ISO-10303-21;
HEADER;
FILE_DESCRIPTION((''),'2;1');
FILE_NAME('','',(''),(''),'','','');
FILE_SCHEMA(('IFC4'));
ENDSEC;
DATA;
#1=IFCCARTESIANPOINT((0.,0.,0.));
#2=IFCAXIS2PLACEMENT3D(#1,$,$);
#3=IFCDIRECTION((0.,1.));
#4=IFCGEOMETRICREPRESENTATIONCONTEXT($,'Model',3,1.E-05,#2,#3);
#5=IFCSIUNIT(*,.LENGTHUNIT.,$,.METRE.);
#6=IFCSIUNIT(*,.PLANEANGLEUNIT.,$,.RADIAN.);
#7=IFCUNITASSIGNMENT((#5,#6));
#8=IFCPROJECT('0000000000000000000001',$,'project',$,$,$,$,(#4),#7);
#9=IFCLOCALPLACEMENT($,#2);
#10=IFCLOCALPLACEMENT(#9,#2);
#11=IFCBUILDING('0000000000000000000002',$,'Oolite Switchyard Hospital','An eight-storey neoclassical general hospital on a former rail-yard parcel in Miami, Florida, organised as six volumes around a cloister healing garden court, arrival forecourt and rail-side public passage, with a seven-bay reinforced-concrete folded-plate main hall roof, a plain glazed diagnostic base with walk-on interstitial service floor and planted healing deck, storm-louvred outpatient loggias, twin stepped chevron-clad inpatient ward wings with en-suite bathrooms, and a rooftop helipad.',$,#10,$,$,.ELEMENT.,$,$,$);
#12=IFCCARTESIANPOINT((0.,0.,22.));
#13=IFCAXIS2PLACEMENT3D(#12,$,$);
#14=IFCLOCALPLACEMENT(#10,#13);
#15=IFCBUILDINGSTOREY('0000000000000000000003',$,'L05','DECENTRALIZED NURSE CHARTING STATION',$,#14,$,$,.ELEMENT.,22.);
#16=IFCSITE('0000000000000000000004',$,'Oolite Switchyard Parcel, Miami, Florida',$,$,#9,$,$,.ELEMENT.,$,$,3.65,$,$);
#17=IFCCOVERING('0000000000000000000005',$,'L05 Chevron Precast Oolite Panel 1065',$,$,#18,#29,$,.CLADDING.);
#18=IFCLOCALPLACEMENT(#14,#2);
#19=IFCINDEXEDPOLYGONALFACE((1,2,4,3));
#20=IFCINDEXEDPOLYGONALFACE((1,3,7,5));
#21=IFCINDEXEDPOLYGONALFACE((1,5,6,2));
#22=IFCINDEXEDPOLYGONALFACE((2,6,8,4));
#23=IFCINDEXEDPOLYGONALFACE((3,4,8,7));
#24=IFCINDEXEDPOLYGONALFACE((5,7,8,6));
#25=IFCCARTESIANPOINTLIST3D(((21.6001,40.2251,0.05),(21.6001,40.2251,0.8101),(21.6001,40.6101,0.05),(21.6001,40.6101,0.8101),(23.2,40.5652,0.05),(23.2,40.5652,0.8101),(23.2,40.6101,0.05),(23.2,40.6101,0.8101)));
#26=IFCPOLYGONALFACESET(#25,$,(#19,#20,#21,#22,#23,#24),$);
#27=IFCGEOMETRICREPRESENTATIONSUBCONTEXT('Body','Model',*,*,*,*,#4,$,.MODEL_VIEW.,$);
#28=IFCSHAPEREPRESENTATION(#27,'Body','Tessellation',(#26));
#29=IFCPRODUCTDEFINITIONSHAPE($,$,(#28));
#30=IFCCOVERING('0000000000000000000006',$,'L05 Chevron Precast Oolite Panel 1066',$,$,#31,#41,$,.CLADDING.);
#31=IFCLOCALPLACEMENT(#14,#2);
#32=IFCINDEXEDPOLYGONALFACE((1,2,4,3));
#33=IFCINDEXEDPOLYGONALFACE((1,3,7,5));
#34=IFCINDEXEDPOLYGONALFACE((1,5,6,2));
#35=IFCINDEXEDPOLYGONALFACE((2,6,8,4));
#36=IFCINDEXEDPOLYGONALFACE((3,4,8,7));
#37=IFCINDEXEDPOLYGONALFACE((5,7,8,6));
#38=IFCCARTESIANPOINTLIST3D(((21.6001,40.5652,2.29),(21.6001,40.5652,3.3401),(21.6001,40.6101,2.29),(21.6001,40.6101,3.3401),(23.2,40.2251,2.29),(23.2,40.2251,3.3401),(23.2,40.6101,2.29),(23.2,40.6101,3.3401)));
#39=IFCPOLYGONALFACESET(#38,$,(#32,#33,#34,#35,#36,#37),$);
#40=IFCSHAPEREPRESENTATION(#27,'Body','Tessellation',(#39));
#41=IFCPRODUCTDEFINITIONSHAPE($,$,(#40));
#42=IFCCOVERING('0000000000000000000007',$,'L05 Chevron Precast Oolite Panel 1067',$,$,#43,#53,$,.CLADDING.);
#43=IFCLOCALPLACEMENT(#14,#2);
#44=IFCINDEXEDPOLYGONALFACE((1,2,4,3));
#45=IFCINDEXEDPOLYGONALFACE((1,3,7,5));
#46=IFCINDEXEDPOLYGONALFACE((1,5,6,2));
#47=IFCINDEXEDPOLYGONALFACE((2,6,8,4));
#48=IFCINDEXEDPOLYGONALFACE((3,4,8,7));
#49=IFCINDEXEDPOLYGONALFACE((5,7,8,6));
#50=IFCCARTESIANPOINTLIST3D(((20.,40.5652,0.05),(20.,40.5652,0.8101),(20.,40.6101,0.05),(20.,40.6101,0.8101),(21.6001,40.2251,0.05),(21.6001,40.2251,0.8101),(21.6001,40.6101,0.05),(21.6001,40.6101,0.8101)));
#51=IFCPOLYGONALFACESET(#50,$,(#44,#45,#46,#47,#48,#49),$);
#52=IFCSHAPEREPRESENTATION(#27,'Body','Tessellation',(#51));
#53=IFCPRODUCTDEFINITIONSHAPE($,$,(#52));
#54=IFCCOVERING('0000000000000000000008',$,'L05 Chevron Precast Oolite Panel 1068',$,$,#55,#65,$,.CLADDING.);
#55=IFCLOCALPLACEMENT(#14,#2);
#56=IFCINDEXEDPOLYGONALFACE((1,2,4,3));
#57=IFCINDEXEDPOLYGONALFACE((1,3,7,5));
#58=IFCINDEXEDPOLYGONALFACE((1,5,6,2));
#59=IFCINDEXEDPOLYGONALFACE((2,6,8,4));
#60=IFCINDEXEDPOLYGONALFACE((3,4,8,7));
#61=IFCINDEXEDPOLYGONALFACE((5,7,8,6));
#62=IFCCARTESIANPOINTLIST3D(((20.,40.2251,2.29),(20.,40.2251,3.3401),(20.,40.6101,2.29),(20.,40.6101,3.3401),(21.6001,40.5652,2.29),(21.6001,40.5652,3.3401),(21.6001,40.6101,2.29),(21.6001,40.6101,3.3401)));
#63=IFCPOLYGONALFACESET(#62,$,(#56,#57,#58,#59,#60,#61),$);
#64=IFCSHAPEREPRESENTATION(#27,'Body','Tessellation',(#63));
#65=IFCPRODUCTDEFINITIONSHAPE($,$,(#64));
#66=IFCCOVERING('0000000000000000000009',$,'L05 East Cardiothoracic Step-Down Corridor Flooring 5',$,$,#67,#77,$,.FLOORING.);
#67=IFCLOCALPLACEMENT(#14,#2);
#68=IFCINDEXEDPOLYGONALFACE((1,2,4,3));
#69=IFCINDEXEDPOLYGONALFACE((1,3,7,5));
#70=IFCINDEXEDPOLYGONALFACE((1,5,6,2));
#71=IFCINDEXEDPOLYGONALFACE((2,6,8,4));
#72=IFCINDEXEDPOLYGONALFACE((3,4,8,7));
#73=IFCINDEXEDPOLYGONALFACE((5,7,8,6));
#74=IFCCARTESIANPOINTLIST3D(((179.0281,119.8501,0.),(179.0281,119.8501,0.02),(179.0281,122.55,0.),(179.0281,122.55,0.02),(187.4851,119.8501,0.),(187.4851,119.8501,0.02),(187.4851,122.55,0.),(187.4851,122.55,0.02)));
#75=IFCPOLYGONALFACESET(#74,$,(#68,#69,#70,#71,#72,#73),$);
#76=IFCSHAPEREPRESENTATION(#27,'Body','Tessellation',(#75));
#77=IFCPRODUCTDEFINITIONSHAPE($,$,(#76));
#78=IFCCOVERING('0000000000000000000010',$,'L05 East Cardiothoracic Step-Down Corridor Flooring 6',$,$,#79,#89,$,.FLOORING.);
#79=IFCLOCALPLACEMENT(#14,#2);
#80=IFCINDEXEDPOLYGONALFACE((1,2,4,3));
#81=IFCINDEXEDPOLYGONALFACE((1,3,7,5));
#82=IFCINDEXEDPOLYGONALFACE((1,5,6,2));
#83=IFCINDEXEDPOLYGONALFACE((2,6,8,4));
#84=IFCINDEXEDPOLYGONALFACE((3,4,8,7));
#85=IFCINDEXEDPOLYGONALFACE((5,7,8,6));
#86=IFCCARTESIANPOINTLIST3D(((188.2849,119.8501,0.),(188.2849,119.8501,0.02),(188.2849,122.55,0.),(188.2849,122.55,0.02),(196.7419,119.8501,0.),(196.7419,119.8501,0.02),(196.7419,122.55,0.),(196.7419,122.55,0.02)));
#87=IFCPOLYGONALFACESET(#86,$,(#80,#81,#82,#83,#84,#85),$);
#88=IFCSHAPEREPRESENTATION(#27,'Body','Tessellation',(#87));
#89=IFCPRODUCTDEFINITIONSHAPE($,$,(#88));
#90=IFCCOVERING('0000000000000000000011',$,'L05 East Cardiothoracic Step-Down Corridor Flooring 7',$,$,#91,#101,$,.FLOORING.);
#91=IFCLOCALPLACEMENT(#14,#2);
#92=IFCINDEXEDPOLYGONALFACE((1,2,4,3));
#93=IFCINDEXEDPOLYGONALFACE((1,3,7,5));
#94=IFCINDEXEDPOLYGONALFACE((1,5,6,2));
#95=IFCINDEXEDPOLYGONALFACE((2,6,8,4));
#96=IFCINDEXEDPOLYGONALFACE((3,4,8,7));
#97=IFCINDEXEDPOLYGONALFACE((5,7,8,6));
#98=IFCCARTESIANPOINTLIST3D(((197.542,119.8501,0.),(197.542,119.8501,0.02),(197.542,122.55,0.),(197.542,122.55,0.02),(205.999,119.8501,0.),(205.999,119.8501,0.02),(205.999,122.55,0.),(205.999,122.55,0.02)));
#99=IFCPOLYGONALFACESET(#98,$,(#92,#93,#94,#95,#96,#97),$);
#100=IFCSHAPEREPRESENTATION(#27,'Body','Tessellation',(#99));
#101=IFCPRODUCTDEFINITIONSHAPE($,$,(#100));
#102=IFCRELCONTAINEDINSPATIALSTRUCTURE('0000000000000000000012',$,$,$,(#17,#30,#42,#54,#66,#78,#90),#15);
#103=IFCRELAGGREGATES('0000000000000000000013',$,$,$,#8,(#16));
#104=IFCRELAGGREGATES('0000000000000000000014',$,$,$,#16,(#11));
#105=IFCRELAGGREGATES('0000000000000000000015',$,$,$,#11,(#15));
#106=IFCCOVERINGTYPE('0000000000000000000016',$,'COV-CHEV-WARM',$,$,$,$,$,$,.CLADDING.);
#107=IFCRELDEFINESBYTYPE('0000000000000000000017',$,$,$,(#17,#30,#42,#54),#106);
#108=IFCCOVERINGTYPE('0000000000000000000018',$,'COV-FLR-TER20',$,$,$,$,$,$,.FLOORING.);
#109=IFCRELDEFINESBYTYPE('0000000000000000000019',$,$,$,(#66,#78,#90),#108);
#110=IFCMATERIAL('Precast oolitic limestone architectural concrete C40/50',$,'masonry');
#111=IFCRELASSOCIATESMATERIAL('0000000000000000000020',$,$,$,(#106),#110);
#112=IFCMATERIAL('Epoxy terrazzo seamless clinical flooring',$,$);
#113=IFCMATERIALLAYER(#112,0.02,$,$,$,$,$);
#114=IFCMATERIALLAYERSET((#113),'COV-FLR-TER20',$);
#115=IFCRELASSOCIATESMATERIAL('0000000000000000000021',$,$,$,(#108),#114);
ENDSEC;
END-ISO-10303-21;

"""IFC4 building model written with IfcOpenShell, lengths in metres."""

from ifc_helpers import new_model, si_unit, direction, frame, origin, place, context, subcontext, project, spatial, polyline, outline, extrude, material, layer, layer_set, type_object, element, save


model = new_model("IFC4")

# Units and contexts
model_context = context("Model", 3, precision=1e-05, world=origin(), true_north=direction((0.0, 1.0)))
body_context = subcontext(model_context, "Body", "Model", "MODEL_VIEW")
ifc_project = project(units=[si_unit("LENGTHUNIT", "METRE"), si_unit("PLANEANGLEUNIT", "RADIAN")], contexts=[model_context])

# Site, building, storey
site_placement = place(None, origin())
site = spatial("IfcSite", under=ifc_project, at=site_placement, Name="Oolite Switchyard Parcel, Miami, Florida", CompositionType="ELEMENT", RefElevation=3.65)
building_placement = place(site_placement, origin())
building = spatial("IfcBuilding", under=site, at=building_placement, Name="Oolite Switchyard Hospital", Description="An eight-storey neoclassical general hospital on a former rail-yard parcel in Miami, Florida, organised as six volumes around a cloister healing garden court, arrival forecourt and rail-side public passage, with a seven-bay reinforced-concrete folded-plate main hall roof, a plain glazed diagnostic base with walk-on interstitial service floor and planted healing deck, storm-louvred outpatient loggias, twin stepped chevron-clad inpatient ward wings with en-suite bathrooms, and a rooftop helipad.", CompositionType="ELEMENT")
storey_placement = place(building_placement, frame((0.0, 0.0, 22.0)))
storey = spatial("IfcBuildingStorey", under=building, at=storey_placement, Name="L05", Description="DECENTRALIZED NURSE CHARTING STATION", CompositionType="ELEMENT", Elevation=22.0)

# Coverings
ifc_material_1 = material(Name="Precast oolitic limestone architectural concrete C40/50", Category="masonry")
covering_type_1 = type_object("IfcCoveringType", Name="COV-CHEV-WARM", PredefinedType="CLADDING", material=ifc_material_1)
covering_1_placement = place(storey_placement, frame((23.2, 40.6101, 0.05), z_axis=(0.0, 0.0, 1.0), x_axis=(-1.0, 0.0, 0.0)))
element("IfcCovering", 1, at=covering_1_placement, inside=storey, type_object=covering_type_1, Name="L05 Chevron Precast Oolite Panel 1065", PredefinedType="CLADDING", context=body_context, shape_type="SweptSolid", body=[
    extrude(outline(polyline([(0.0, 0.0), (1.5999, 0.0), (1.5999, 0.385), (0.0, 0.0449), (0.0, 0.0)])), origin(), (0.0, 0.0, 1.0), 0.76),
])
covering_2_placement = place(storey_placement, frame((23.2, 40.6101, 2.29), z_axis=(0.0, 0.0, 1.0), x_axis=(-1.0, 0.0, 0.0)))
element("IfcCovering", 2, at=covering_2_placement, inside=storey, type_object=covering_type_1, Name="L05 Chevron Precast Oolite Panel 1066", PredefinedType="CLADDING", context=body_context, shape_type="SweptSolid", body=[
    extrude(outline(polyline([(0.0, 0.0), (1.5999, 0.0), (1.5999, 0.0449), (0.0, 0.385), (0.0, 0.0)])), origin(), (0.0, 0.0, 1.0), 1.05),
])
covering_3_placement = place(storey_placement, frame((21.6001, 40.6101, 0.05), z_axis=(0.0, 0.0, 1.0), x_axis=(-1.0, 0.0, 0.0)))
element("IfcCovering", 3, at=covering_3_placement, inside=storey, type_object=covering_type_1, Name="L05 Chevron Precast Oolite Panel 1067", PredefinedType="CLADDING", context=body_context, shape_type="SweptSolid", body=[
    extrude(outline(polyline([(0.0, 0.0), (1.6001, 0.0), (1.6001, 0.0449), (0.0, 0.385), (0.0, 0.0)])), origin(), (0.0, 0.0, 1.0), 0.76),
])
covering_4_placement = place(storey_placement, frame((21.6001, 40.6101, 2.29), z_axis=(0.0, 0.0, 1.0), x_axis=(-1.0, 0.0, 0.0)))
element("IfcCovering", 4, at=covering_4_placement, inside=storey, type_object=covering_type_1, Name="L05 Chevron Precast Oolite Panel 1068", PredefinedType="CLADDING", context=body_context, shape_type="SweptSolid", body=[
    extrude(outline(polyline([(0.0, 0.0), (1.6001, 0.0), (1.6001, 0.385), (0.0, 0.0449), (0.0, 0.0)])), origin(), (0.0, 0.0, 1.0), 1.05),
])
ifc_material_2 = material(Name="Epoxy terrazzo seamless clinical flooring")
ifc_layer_1 = layer(ifc_material_2, 0.02)
ifc_layer_set_1 = layer_set([ifc_layer_1], Name="COV-FLR-TER20")
covering_type_2 = type_object("IfcCoveringType", Name="COV-FLR-TER20", PredefinedType="FLOORING", material=ifc_layer_set_1)
covering_5_placement = place(storey_placement, origin())
element("IfcCovering", 5, at=covering_5_placement, inside=storey, type_object=covering_type_2, Name="L05 East Cardiothoracic Step-Down Corridor Flooring 5", PredefinedType="FLOORING", context=body_context, shape_type="SweptSolid", body=[
    extrude(outline(polyline([(179.0281, 119.8501), (187.4851, 119.8501), (187.4851, 122.55), (179.0281, 122.55), (179.0281, 119.8501)])), origin(), (0.0, 0.0, 1.0), 0.02),
])
covering_6_placement = place(storey_placement, origin())
element("IfcCovering", 6, at=covering_6_placement, inside=storey, type_object=covering_type_2, Name="L05 East Cardiothoracic Step-Down Corridor Flooring 6", PredefinedType="FLOORING", context=body_context, shape_type="SweptSolid", body=[
    extrude(outline(polyline([(188.2849, 119.8501), (196.7419, 119.8501), (196.7419, 122.55), (188.2849, 122.55), (188.2849, 119.8501)])), origin(), (0.0, 0.0, 1.0), 0.02),
])
covering_7_placement = place(storey_placement, origin())
element("IfcCovering", 7, at=covering_7_placement, inside=storey, type_object=covering_type_2, Name="L05 East Cardiothoracic Step-Down Corridor Flooring 7", PredefinedType="FLOORING", context=body_context, shape_type="SweptSolid", body=[
    extrude(outline(polyline([(197.542, 119.8501), (205.999, 119.8501), (205.999, 122.55), (197.542, 122.55), (197.542, 119.8501)])), origin(), (0.0, 0.0, 1.0), 0.02),
])

save(model, "model.ifc")
